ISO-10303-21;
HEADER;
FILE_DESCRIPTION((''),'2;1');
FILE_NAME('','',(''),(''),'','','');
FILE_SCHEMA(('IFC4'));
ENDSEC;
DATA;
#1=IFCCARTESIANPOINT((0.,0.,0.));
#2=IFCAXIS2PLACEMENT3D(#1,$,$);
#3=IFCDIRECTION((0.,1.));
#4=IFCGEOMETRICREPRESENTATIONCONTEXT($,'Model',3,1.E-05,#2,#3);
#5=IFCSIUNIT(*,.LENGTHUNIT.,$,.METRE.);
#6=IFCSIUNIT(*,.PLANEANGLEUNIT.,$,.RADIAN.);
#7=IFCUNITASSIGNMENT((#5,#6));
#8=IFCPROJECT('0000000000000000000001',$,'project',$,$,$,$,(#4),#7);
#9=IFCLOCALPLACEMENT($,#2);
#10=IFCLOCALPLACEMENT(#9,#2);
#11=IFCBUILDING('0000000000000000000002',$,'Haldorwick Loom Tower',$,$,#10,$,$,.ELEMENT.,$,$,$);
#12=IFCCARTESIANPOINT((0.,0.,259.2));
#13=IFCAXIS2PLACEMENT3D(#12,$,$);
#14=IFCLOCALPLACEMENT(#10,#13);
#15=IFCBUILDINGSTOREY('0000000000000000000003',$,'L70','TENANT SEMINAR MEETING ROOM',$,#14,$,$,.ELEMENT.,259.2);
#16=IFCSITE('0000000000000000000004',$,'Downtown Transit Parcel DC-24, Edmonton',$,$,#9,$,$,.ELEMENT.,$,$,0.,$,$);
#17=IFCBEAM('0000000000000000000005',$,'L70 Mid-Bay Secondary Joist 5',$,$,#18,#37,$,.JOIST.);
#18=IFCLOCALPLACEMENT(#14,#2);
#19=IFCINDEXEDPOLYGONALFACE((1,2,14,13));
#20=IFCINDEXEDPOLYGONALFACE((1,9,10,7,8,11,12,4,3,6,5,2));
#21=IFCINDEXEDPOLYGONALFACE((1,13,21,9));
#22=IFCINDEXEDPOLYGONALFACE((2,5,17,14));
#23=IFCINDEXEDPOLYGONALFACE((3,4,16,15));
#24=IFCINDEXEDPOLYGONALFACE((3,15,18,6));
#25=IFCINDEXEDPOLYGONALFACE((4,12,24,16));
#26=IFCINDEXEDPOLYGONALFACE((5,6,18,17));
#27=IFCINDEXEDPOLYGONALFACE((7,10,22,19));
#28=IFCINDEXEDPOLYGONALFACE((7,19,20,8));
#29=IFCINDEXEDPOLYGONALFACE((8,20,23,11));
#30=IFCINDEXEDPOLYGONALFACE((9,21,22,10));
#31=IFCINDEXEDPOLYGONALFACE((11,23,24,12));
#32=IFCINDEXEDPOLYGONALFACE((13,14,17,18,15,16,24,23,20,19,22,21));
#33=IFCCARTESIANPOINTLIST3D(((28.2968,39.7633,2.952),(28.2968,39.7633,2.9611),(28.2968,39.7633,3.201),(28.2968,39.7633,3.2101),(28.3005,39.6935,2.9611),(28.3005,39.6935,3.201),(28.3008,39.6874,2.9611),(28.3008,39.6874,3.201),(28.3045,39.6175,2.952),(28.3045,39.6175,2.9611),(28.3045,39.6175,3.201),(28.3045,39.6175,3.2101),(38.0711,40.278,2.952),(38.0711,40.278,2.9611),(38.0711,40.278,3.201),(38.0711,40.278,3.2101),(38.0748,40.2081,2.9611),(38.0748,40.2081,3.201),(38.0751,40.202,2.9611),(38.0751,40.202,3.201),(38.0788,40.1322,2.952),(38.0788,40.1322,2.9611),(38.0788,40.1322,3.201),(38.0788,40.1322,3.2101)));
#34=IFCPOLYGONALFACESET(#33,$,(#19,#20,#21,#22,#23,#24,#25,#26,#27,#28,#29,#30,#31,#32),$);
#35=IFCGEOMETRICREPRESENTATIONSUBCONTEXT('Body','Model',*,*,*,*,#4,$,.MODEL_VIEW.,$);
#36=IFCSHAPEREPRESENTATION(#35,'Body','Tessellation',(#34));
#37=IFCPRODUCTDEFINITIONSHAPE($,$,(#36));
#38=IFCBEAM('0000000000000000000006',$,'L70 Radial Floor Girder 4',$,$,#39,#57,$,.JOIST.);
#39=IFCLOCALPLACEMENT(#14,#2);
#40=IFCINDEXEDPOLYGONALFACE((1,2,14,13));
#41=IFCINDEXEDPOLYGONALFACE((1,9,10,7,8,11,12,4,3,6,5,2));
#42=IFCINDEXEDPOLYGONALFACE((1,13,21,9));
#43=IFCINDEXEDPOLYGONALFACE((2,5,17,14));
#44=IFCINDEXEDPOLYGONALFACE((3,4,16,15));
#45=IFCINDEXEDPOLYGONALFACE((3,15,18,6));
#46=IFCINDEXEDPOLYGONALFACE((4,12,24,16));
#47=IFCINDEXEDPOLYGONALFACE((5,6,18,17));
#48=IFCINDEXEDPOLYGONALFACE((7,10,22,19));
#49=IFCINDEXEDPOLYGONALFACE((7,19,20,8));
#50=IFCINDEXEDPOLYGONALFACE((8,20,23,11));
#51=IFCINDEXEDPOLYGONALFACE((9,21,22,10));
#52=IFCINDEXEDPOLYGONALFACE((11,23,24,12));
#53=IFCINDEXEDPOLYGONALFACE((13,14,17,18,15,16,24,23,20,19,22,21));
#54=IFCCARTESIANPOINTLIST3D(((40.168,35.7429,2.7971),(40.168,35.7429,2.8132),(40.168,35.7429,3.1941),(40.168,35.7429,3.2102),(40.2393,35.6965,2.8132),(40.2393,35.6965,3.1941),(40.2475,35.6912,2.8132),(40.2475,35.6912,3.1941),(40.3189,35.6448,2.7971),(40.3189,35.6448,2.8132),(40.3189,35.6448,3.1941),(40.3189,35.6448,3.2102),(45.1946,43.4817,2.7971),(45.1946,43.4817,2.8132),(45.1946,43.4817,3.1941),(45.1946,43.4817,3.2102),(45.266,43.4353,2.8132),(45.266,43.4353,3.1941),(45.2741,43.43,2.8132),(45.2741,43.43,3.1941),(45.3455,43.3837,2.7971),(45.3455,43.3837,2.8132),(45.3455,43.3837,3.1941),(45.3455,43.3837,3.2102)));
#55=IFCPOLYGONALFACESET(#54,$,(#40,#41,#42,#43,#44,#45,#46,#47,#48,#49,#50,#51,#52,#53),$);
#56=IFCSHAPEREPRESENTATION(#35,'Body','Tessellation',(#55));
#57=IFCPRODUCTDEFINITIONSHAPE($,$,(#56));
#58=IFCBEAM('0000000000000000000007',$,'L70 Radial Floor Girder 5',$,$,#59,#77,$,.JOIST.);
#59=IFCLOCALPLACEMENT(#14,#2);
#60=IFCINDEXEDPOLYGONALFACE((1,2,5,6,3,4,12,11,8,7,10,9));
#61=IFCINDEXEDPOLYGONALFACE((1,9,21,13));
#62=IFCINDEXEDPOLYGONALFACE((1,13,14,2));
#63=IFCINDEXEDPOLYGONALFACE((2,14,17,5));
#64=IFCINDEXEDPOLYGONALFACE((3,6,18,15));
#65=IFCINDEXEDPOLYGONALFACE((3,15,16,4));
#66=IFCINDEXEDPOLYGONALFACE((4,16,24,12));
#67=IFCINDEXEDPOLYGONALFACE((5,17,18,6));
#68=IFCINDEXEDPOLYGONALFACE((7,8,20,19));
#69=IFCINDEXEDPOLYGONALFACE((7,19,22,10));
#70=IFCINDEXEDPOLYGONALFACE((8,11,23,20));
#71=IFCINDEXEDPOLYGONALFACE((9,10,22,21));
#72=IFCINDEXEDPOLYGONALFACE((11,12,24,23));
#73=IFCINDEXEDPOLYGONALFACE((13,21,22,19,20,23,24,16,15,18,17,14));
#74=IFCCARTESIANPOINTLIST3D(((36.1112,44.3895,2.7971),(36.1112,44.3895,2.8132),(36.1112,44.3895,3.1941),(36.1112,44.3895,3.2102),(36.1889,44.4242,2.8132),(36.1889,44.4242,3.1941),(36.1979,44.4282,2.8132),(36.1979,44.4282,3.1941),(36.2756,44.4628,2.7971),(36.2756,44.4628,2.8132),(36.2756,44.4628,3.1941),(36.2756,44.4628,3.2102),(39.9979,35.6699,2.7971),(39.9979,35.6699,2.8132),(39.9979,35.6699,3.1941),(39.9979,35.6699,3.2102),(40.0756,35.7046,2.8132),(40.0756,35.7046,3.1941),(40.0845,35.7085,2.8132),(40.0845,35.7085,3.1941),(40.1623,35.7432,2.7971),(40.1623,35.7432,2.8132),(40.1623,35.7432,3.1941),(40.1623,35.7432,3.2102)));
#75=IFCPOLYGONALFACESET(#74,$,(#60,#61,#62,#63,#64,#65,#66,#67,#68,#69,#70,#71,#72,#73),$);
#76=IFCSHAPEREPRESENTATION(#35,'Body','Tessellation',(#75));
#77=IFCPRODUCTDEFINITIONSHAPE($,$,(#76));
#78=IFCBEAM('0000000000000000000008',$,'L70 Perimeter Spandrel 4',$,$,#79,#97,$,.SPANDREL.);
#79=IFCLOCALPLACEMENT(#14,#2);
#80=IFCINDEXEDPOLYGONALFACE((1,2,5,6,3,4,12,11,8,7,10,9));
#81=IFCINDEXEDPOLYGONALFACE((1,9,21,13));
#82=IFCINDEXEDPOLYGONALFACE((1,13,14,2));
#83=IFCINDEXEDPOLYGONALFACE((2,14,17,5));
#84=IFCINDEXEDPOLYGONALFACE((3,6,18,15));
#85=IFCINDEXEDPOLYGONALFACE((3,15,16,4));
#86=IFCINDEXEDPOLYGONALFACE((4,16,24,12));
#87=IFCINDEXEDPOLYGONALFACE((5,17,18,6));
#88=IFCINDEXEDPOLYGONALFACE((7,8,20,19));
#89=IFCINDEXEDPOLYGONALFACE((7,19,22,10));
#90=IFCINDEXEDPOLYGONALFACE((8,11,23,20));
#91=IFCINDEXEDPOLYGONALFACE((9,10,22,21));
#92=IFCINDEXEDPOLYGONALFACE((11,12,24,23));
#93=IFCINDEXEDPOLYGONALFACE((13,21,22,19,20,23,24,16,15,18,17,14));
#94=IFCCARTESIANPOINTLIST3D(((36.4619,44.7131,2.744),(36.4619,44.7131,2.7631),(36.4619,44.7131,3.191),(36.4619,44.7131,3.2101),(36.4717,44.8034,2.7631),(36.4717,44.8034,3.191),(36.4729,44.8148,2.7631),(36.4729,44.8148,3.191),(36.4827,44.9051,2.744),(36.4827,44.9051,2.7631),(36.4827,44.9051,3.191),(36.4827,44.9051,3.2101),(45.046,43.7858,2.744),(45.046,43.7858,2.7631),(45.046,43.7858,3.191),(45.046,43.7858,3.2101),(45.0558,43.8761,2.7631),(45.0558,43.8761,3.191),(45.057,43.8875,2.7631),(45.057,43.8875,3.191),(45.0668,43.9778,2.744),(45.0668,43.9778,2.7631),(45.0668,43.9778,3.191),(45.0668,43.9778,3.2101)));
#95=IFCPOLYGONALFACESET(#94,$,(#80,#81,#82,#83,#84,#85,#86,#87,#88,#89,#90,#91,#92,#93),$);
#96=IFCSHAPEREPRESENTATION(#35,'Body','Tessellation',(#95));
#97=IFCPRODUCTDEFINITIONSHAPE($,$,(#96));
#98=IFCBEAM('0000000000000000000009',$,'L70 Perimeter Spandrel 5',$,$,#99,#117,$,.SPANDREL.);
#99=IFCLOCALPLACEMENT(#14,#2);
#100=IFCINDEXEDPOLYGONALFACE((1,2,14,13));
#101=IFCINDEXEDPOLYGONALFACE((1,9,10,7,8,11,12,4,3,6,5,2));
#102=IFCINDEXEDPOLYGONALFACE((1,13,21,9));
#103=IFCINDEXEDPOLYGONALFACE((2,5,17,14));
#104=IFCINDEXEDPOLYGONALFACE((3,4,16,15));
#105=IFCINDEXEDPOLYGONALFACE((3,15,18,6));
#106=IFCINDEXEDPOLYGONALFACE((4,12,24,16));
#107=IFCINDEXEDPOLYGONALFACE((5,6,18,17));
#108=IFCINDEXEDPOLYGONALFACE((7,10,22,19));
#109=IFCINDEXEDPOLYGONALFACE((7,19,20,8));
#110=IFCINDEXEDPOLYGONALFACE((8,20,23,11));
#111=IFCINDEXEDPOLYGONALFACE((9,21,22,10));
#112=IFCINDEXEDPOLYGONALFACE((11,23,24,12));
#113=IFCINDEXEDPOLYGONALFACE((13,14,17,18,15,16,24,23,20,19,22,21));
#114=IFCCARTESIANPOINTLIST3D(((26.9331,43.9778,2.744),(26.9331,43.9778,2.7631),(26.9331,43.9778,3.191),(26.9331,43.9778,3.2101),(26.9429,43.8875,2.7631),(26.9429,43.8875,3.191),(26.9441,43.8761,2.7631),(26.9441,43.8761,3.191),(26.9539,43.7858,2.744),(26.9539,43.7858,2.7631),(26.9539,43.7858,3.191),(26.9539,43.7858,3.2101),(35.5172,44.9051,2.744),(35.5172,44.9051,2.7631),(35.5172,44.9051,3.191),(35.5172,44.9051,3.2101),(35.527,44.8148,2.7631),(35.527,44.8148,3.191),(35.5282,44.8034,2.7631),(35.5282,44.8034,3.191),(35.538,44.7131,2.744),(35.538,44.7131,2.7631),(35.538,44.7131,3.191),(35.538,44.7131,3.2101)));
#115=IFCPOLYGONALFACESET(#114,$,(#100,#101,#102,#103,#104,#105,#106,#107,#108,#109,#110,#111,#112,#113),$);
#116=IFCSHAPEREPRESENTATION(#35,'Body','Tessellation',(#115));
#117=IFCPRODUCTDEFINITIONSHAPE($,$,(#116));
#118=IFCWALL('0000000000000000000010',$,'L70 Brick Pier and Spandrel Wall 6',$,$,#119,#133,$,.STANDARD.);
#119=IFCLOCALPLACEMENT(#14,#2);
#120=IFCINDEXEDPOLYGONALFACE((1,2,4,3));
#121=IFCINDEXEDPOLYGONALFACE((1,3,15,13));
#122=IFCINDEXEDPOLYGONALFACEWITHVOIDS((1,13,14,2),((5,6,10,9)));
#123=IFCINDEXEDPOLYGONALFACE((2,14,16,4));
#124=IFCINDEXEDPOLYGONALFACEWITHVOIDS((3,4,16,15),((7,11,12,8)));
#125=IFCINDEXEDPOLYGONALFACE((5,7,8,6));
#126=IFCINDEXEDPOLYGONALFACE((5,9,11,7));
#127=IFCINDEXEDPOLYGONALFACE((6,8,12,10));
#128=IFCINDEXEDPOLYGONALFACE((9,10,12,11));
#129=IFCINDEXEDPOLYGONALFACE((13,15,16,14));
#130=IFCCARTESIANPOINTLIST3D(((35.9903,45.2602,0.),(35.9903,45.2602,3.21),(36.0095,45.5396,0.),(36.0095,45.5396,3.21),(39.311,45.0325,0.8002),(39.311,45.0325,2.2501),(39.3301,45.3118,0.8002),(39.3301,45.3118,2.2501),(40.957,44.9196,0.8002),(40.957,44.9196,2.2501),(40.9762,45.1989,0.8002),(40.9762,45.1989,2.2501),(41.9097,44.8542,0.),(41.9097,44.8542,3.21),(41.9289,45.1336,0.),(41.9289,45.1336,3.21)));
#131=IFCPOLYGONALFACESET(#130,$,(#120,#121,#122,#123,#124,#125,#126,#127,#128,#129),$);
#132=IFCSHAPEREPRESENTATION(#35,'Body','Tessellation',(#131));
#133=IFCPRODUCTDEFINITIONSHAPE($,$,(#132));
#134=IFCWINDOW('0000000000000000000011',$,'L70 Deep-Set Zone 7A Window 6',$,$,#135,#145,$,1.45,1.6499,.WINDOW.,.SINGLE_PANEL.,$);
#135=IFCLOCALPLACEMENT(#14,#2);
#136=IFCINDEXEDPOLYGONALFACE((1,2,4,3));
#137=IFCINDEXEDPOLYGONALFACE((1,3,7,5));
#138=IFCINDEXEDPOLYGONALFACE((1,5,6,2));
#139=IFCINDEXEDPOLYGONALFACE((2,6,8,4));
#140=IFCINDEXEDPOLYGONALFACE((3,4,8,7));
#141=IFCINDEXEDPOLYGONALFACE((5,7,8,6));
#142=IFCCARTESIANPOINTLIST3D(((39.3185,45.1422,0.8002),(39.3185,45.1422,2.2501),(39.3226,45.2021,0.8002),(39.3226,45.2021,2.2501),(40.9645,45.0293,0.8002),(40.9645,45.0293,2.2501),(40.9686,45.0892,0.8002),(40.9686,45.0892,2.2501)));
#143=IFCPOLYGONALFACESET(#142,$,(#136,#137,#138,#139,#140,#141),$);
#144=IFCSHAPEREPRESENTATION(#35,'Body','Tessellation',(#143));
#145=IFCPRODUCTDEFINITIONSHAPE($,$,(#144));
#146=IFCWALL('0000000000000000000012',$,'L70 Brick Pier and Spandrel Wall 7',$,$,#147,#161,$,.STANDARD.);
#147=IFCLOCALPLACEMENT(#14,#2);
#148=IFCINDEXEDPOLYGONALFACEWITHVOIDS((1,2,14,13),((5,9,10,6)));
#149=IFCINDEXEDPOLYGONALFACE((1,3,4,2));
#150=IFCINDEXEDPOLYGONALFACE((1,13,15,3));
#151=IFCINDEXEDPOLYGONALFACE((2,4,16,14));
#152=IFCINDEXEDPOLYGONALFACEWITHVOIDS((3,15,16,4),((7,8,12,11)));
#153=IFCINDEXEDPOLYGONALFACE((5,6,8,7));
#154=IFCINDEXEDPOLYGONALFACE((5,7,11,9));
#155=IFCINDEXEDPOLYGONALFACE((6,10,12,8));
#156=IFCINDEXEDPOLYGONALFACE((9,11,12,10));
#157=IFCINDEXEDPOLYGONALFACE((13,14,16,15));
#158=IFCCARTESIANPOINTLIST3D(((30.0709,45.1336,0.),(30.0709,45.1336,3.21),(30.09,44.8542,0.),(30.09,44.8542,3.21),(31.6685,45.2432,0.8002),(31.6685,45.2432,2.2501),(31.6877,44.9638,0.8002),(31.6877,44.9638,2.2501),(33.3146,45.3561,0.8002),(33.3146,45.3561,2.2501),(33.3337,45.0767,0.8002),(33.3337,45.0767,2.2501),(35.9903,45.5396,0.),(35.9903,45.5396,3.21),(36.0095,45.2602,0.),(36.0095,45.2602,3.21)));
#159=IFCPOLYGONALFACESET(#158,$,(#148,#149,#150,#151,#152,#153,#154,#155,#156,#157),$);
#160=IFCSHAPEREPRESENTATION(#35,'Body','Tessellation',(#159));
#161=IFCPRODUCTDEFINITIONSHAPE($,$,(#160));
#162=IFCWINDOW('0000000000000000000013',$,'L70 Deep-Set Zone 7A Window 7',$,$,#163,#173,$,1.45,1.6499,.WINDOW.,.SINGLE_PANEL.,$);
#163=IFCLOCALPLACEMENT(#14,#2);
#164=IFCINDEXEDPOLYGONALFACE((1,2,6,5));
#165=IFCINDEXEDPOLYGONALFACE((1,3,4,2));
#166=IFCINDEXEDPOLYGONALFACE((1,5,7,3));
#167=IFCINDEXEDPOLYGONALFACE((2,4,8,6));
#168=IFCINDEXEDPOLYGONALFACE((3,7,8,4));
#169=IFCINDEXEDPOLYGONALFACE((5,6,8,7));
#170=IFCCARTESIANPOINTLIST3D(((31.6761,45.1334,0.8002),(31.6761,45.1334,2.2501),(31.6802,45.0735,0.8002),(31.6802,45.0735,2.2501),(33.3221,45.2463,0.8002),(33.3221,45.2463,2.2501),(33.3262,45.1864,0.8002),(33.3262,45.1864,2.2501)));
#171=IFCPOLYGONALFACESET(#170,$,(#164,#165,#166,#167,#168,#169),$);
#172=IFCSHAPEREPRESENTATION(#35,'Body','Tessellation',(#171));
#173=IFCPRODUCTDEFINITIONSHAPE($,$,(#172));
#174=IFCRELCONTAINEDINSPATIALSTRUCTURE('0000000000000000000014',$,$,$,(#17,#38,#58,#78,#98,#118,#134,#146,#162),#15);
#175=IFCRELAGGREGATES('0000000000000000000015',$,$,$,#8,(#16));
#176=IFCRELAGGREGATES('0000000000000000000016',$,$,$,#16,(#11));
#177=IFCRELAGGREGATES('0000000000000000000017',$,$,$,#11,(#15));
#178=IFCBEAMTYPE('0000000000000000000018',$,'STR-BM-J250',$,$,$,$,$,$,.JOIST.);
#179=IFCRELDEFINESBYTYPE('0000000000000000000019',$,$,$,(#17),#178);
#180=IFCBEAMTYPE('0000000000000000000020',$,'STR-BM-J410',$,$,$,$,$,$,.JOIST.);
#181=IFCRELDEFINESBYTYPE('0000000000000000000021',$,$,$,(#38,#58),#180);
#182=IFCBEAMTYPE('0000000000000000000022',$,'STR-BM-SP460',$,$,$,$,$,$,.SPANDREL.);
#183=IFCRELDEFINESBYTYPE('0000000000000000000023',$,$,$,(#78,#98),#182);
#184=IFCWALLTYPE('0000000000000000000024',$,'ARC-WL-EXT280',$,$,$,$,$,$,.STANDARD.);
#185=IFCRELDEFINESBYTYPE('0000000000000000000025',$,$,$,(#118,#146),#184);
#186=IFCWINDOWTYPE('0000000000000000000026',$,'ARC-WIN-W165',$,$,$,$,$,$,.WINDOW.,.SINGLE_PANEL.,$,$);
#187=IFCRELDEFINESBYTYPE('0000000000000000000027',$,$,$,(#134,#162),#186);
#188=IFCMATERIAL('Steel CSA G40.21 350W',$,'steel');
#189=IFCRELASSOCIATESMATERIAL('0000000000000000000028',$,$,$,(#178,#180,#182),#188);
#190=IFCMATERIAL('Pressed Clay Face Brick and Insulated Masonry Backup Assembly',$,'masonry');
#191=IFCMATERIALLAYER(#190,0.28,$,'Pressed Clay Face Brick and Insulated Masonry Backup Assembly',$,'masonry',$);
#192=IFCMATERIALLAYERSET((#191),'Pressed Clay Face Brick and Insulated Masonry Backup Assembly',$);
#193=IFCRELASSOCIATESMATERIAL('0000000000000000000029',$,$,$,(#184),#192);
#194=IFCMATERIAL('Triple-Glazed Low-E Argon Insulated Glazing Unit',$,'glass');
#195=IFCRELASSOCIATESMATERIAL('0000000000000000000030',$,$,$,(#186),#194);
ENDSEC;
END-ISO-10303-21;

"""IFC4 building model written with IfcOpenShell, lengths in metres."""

from ifc_helpers import new_model, si_unit, direction, frame, frame_2d, origin, origin_2d, place, context, subcontext, project, spatial, rectangle, i_section, extrude, material, layer, layer_set, material_profile, profile_set, type_object, element, fill, save


model = new_model("IFC4")

# Units and contexts
model_context = context("Model", 3, precision=1e-05, world=origin(), true_north=direction((0.0, 1.0)))
body_context = subcontext(model_context, "Body", "Model", "MODEL_VIEW")
ifc_project = project(units=[si_unit("LENGTHUNIT", "METRE"), si_unit("PLANEANGLEUNIT", "RADIAN")], contexts=[model_context])

# Site, building, storey
site_placement = place(None, origin())
site = spatial("IfcSite", under=ifc_project, at=site_placement, Name="Downtown Transit Parcel DC-24, Edmonton", CompositionType="ELEMENT", RefElevation=0.0)
building_placement = place(site_placement, origin())
building = spatial("IfcBuilding", under=site, at=building_placement, Name="Haldorwick Loom Tower", CompositionType="ELEMENT")
storey_placement = place(building_placement, frame((0.0, 0.0, 259.2)))
storey = spatial("IfcBuildingStorey", under=building, at=storey_placement, Name="L70", Description="TENANT SEMINAR MEETING ROOM", CompositionType="ELEMENT", Elevation=259.2)

# Shared definitions
ifc_material_1 = material(Name="Steel CSA G40.21 350W", Category="steel")

# Beams
ifc_material_profile_1 = material_profile(ifc_material_1, i_section(OverallWidth=0.146, OverallDepth=0.2581, WebThickness=0.0061, FlangeThickness=0.009, at=origin_2d()), Name="W250X33", Category="steel")
ifc_profile_set_1 = profile_set([ifc_material_profile_1], Name="Steel CSA G40.21 350W")
beam_type_1 = type_object("IfcBeamType", Name="STR-BM-J250", PredefinedType="JOIST", material=ifc_profile_set_1)
beam_1_placement = place(storey_placement, frame((38.075, 40.2051, 3.0811), z_axis=(-0.998617, -0.05258, 0.0), x_axis=(0.05258, -0.998617, 0.0)))
element("IfcBeam", 1, at=beam_1_placement, inside=storey, type_object=beam_type_1, Name="L70 Mid-Bay Secondary Joist 5", PredefinedType="JOIST", context=body_context, shape_type="SweptSolid", body=[
    extrude(i_section(OverallWidth=0.146, OverallDepth=0.2581, WebThickness=0.0061, FlangeThickness=0.009, at=origin_2d()), origin(), (0.0, 0.0, 1.0), 9.7878),
])
ifc_material_profile_2 = material_profile(ifc_material_1, i_section(OverallWidth=0.1799, OverallDepth=0.4131, WebThickness=0.0098, FlangeThickness=0.0161, at=origin_2d()), Name="W410X74", Category="steel")
ifc_profile_set_2 = profile_set([ifc_material_profile_2], Name="Steel CSA G40.21 350W")
beam_type_2 = type_object("IfcBeamType", Name="STR-BM-J410", PredefinedType="JOIST", material=ifc_profile_set_2)
beam_2_placement = place(storey_placement, frame((40.2434, 35.6938, 3.0037), z_axis=(0.544715, 0.838621, 0.0), x_axis=(-0.838621, 0.544715, 0.0)))
element("IfcBeam", 2, at=beam_2_placement, inside=storey, type_object=beam_type_2, Name="L70 Radial Floor Girder 4", PredefinedType="JOIST", context=body_context, shape_type="SweptSolid", body=[
    extrude(i_section(OverallWidth=0.1799, OverallDepth=0.4131, WebThickness=0.0098, FlangeThickness=0.0161, at=origin_2d()), origin(), (0.0, 0.0, 1.0), 9.228),
])
beam_3_placement = place(storey_placement, frame((40.0801, 35.7065, 3.0037), z_axis=(-0.407125, 0.913372, 0.0), x_axis=(-0.913372, -0.407125, 0.0)))
element("IfcBeam", 3, at=beam_3_placement, inside=storey, type_object=beam_type_2, Name="L70 Radial Floor Girder 5", PredefinedType="JOIST", context=body_context, shape_type="SweptSolid", body=[
    extrude(i_section(OverallWidth=0.1799, OverallDepth=0.4131, WebThickness=0.0098, FlangeThickness=0.0161, at=origin_2d()), origin(), (0.0, 0.0, 1.0), 9.5466),
])
ifc_material_profile_3 = material_profile(ifc_material_1, i_section(OverallWidth=0.1931, OverallDepth=0.4661, WebThickness=0.0115, FlangeThickness=0.019, at=origin_2d()), Name="W460X97", Category="steel")
ifc_profile_set_3 = profile_set([ifc_material_profile_3], Name="Steel CSA G40.21 350W")
beam_type_3 = type_object("IfcBeamType", Name="STR-BM-SP460", PredefinedType="SPANDREL", material=ifc_profile_set_3)
for number, where, z_axis, x_axis, name in (
    (4, (45.0564, 43.8818, 2.9771), (-0.994216, 0.107396, 0.0), (-0.107396, -0.994216, 0.0), "L70 Perimeter Spandrel 4"),
    (5, (35.5276, 44.8091, 2.9771), (-0.994216, -0.107396, 0.0), (0.107396, -0.994216, 0.0), "L70 Perimeter Spandrel 5"),
):
    element("IfcBeam", number, at=place(storey_placement, frame(where, z_axis=z_axis, x_axis=x_axis)), inside=storey, type_object=beam_type_3, Name=name, PredefinedType="SPANDREL", context=body_context, shape_type="SweptSolid", body=[
        extrude(i_section(OverallWidth=0.1931, OverallDepth=0.4661, WebThickness=0.0115, FlangeThickness=0.019, at=origin_2d()), origin(), (0.0, 0.0, 1.0), 8.634),
    ])

# Walls, openings, windows
ifc_material_2 = material(Name="Pressed Clay Face Brick and Insulated Masonry Backup Assembly", Category="masonry")
ifc_layer = layer(ifc_material_2, 0.28, Name="Pressed Clay Face Brick and Insulated Masonry Backup Assembly", Category="masonry")
ifc_layer_set = layer_set([ifc_layer], Name="Pressed Clay Face Brick and Insulated Masonry Backup Assembly")
wall_type = type_object("IfcWallType", Name="ARC-WL-EXT280", PredefinedType="STANDARD", material=ifc_layer_set)
wall_1_placement = place(storey_placement, frame((41.9194, 44.9939, 0.0), z_axis=(0.0, 0.0, 1.0), x_axis=(-0.997656, 0.068428, 0.0)))
wall_1 = element("IfcWall", 6, at=wall_1_placement, inside=storey, type_object=wall_type, Name="L70 Brick Pier and Spandrel Wall 6", PredefinedType="STANDARD", context=body_context, shape_type="SweptSolid", body=[
    extrude(rectangle(XDim=5.9333, YDim=0.28, at=frame_2d((2.9668, 0.0))), origin(), (0.0, 0.0, 1.0), 3.21),
])
opening_1_placement = place(wall_1_placement, frame((0.9551, 0.0, 0.8)))
opening_1 = element("IfcOpeningElement", 7, at=opening_1_placement, cuts=wall_1, PredefinedType="OPENING", context=body_context, shape_type="SweptSolid", body=[
    extrude(rectangle(XDim=1.6499, YDim=1.45, at=frame_2d((0.825, 0.7251))), frame((0.0, 0.1499, 0.0), z_axis=(0.0, -1.0, 0.0), x_axis=(1.0, 0.0, 0.0)), (0.0, 0.0, 1.0), 0.3),
])
ifc_material_3 = material(Name="Triple-Glazed Low-E Argon Insulated Glazing Unit", Category="glass")
window_type = type_object("IfcWindowType", Name="ARC-WIN-W165", PartitioningType="SINGLE_PANEL", PredefinedType="WINDOW", material=ifc_material_3)
window_1_placement = place(opening_1_placement, origin())
window_1 = element("IfcWindow", 8, at=window_1_placement, inside=storey, type_object=window_type, Name="L70 Deep-Set Zone 7A Window 6", OverallHeight=1.45, OverallWidth=1.6499, PartitioningType="SINGLE_PANEL", PredefinedType="WINDOW", context=body_context, shape_type="SweptSolid", body=[
    extrude(rectangle(XDim=1.6499, YDim=1.45, at=frame_2d((0.825, 0.7251))), frame((0.0, 0.03, 0.0), z_axis=(0.0, -1.0, 0.0), x_axis=(1.0, 0.0, 0.0)), (0.0, 0.0, 1.0), 0.0601),
])
fill(opening_1, window_1)
wall_2_placement = place(storey_placement, frame((36.0, 45.3999, 0.0), z_axis=(0.0, 0.0, 1.0), x_axis=(-0.997656, -0.068428, 0.0)))
wall_2 = element("IfcWall", 9, at=wall_2_placement, inside=storey, type_object=wall_type, Name="L70 Brick Pier and Spandrel Wall 7", PredefinedType="STANDARD", context=body_context, shape_type="SweptSolid", body=[
    extrude(rectangle(XDim=5.9333, YDim=0.28, at=frame_2d((2.9668, 0.0))), origin(), (0.0, 0.0, 1.0), 3.21),
])
opening_2_placement = place(wall_2_placement, frame((2.6821, 0.0, 0.8)))
opening_2 = element("IfcOpeningElement", 10, at=opening_2_placement, cuts=wall_2, PredefinedType="OPENING", context=body_context, shape_type="SweptSolid", body=[
    extrude(rectangle(XDim=1.6499, YDim=1.45, at=frame_2d((0.825, 0.7251))), frame((0.0, 0.1499, 0.0), z_axis=(0.0, -1.0, 0.0), x_axis=(1.0, 0.0, 0.0)), (0.0, 0.0, 1.0), 0.3),
])
window_2_placement = place(opening_2_placement, origin())
window_2 = element("IfcWindow", 11, at=window_2_placement, inside=storey, type_object=window_type, Name="L70 Deep-Set Zone 7A Window 7", OverallHeight=1.45, OverallWidth=1.6499, PartitioningType="SINGLE_PANEL", PredefinedType="WINDOW", context=body_context, shape_type="SweptSolid", body=[
    extrude(rectangle(XDim=1.6499, YDim=1.45, at=frame_2d((0.825, 0.7251))), frame((0.0, 0.03, 0.0), z_axis=(0.0, -1.0, 0.0), x_axis=(1.0, 0.0, 0.0)), (0.0, 0.0, 1.0), 0.0601),
])
fill(opening_2, window_2)

save(model, "model.ifc")
